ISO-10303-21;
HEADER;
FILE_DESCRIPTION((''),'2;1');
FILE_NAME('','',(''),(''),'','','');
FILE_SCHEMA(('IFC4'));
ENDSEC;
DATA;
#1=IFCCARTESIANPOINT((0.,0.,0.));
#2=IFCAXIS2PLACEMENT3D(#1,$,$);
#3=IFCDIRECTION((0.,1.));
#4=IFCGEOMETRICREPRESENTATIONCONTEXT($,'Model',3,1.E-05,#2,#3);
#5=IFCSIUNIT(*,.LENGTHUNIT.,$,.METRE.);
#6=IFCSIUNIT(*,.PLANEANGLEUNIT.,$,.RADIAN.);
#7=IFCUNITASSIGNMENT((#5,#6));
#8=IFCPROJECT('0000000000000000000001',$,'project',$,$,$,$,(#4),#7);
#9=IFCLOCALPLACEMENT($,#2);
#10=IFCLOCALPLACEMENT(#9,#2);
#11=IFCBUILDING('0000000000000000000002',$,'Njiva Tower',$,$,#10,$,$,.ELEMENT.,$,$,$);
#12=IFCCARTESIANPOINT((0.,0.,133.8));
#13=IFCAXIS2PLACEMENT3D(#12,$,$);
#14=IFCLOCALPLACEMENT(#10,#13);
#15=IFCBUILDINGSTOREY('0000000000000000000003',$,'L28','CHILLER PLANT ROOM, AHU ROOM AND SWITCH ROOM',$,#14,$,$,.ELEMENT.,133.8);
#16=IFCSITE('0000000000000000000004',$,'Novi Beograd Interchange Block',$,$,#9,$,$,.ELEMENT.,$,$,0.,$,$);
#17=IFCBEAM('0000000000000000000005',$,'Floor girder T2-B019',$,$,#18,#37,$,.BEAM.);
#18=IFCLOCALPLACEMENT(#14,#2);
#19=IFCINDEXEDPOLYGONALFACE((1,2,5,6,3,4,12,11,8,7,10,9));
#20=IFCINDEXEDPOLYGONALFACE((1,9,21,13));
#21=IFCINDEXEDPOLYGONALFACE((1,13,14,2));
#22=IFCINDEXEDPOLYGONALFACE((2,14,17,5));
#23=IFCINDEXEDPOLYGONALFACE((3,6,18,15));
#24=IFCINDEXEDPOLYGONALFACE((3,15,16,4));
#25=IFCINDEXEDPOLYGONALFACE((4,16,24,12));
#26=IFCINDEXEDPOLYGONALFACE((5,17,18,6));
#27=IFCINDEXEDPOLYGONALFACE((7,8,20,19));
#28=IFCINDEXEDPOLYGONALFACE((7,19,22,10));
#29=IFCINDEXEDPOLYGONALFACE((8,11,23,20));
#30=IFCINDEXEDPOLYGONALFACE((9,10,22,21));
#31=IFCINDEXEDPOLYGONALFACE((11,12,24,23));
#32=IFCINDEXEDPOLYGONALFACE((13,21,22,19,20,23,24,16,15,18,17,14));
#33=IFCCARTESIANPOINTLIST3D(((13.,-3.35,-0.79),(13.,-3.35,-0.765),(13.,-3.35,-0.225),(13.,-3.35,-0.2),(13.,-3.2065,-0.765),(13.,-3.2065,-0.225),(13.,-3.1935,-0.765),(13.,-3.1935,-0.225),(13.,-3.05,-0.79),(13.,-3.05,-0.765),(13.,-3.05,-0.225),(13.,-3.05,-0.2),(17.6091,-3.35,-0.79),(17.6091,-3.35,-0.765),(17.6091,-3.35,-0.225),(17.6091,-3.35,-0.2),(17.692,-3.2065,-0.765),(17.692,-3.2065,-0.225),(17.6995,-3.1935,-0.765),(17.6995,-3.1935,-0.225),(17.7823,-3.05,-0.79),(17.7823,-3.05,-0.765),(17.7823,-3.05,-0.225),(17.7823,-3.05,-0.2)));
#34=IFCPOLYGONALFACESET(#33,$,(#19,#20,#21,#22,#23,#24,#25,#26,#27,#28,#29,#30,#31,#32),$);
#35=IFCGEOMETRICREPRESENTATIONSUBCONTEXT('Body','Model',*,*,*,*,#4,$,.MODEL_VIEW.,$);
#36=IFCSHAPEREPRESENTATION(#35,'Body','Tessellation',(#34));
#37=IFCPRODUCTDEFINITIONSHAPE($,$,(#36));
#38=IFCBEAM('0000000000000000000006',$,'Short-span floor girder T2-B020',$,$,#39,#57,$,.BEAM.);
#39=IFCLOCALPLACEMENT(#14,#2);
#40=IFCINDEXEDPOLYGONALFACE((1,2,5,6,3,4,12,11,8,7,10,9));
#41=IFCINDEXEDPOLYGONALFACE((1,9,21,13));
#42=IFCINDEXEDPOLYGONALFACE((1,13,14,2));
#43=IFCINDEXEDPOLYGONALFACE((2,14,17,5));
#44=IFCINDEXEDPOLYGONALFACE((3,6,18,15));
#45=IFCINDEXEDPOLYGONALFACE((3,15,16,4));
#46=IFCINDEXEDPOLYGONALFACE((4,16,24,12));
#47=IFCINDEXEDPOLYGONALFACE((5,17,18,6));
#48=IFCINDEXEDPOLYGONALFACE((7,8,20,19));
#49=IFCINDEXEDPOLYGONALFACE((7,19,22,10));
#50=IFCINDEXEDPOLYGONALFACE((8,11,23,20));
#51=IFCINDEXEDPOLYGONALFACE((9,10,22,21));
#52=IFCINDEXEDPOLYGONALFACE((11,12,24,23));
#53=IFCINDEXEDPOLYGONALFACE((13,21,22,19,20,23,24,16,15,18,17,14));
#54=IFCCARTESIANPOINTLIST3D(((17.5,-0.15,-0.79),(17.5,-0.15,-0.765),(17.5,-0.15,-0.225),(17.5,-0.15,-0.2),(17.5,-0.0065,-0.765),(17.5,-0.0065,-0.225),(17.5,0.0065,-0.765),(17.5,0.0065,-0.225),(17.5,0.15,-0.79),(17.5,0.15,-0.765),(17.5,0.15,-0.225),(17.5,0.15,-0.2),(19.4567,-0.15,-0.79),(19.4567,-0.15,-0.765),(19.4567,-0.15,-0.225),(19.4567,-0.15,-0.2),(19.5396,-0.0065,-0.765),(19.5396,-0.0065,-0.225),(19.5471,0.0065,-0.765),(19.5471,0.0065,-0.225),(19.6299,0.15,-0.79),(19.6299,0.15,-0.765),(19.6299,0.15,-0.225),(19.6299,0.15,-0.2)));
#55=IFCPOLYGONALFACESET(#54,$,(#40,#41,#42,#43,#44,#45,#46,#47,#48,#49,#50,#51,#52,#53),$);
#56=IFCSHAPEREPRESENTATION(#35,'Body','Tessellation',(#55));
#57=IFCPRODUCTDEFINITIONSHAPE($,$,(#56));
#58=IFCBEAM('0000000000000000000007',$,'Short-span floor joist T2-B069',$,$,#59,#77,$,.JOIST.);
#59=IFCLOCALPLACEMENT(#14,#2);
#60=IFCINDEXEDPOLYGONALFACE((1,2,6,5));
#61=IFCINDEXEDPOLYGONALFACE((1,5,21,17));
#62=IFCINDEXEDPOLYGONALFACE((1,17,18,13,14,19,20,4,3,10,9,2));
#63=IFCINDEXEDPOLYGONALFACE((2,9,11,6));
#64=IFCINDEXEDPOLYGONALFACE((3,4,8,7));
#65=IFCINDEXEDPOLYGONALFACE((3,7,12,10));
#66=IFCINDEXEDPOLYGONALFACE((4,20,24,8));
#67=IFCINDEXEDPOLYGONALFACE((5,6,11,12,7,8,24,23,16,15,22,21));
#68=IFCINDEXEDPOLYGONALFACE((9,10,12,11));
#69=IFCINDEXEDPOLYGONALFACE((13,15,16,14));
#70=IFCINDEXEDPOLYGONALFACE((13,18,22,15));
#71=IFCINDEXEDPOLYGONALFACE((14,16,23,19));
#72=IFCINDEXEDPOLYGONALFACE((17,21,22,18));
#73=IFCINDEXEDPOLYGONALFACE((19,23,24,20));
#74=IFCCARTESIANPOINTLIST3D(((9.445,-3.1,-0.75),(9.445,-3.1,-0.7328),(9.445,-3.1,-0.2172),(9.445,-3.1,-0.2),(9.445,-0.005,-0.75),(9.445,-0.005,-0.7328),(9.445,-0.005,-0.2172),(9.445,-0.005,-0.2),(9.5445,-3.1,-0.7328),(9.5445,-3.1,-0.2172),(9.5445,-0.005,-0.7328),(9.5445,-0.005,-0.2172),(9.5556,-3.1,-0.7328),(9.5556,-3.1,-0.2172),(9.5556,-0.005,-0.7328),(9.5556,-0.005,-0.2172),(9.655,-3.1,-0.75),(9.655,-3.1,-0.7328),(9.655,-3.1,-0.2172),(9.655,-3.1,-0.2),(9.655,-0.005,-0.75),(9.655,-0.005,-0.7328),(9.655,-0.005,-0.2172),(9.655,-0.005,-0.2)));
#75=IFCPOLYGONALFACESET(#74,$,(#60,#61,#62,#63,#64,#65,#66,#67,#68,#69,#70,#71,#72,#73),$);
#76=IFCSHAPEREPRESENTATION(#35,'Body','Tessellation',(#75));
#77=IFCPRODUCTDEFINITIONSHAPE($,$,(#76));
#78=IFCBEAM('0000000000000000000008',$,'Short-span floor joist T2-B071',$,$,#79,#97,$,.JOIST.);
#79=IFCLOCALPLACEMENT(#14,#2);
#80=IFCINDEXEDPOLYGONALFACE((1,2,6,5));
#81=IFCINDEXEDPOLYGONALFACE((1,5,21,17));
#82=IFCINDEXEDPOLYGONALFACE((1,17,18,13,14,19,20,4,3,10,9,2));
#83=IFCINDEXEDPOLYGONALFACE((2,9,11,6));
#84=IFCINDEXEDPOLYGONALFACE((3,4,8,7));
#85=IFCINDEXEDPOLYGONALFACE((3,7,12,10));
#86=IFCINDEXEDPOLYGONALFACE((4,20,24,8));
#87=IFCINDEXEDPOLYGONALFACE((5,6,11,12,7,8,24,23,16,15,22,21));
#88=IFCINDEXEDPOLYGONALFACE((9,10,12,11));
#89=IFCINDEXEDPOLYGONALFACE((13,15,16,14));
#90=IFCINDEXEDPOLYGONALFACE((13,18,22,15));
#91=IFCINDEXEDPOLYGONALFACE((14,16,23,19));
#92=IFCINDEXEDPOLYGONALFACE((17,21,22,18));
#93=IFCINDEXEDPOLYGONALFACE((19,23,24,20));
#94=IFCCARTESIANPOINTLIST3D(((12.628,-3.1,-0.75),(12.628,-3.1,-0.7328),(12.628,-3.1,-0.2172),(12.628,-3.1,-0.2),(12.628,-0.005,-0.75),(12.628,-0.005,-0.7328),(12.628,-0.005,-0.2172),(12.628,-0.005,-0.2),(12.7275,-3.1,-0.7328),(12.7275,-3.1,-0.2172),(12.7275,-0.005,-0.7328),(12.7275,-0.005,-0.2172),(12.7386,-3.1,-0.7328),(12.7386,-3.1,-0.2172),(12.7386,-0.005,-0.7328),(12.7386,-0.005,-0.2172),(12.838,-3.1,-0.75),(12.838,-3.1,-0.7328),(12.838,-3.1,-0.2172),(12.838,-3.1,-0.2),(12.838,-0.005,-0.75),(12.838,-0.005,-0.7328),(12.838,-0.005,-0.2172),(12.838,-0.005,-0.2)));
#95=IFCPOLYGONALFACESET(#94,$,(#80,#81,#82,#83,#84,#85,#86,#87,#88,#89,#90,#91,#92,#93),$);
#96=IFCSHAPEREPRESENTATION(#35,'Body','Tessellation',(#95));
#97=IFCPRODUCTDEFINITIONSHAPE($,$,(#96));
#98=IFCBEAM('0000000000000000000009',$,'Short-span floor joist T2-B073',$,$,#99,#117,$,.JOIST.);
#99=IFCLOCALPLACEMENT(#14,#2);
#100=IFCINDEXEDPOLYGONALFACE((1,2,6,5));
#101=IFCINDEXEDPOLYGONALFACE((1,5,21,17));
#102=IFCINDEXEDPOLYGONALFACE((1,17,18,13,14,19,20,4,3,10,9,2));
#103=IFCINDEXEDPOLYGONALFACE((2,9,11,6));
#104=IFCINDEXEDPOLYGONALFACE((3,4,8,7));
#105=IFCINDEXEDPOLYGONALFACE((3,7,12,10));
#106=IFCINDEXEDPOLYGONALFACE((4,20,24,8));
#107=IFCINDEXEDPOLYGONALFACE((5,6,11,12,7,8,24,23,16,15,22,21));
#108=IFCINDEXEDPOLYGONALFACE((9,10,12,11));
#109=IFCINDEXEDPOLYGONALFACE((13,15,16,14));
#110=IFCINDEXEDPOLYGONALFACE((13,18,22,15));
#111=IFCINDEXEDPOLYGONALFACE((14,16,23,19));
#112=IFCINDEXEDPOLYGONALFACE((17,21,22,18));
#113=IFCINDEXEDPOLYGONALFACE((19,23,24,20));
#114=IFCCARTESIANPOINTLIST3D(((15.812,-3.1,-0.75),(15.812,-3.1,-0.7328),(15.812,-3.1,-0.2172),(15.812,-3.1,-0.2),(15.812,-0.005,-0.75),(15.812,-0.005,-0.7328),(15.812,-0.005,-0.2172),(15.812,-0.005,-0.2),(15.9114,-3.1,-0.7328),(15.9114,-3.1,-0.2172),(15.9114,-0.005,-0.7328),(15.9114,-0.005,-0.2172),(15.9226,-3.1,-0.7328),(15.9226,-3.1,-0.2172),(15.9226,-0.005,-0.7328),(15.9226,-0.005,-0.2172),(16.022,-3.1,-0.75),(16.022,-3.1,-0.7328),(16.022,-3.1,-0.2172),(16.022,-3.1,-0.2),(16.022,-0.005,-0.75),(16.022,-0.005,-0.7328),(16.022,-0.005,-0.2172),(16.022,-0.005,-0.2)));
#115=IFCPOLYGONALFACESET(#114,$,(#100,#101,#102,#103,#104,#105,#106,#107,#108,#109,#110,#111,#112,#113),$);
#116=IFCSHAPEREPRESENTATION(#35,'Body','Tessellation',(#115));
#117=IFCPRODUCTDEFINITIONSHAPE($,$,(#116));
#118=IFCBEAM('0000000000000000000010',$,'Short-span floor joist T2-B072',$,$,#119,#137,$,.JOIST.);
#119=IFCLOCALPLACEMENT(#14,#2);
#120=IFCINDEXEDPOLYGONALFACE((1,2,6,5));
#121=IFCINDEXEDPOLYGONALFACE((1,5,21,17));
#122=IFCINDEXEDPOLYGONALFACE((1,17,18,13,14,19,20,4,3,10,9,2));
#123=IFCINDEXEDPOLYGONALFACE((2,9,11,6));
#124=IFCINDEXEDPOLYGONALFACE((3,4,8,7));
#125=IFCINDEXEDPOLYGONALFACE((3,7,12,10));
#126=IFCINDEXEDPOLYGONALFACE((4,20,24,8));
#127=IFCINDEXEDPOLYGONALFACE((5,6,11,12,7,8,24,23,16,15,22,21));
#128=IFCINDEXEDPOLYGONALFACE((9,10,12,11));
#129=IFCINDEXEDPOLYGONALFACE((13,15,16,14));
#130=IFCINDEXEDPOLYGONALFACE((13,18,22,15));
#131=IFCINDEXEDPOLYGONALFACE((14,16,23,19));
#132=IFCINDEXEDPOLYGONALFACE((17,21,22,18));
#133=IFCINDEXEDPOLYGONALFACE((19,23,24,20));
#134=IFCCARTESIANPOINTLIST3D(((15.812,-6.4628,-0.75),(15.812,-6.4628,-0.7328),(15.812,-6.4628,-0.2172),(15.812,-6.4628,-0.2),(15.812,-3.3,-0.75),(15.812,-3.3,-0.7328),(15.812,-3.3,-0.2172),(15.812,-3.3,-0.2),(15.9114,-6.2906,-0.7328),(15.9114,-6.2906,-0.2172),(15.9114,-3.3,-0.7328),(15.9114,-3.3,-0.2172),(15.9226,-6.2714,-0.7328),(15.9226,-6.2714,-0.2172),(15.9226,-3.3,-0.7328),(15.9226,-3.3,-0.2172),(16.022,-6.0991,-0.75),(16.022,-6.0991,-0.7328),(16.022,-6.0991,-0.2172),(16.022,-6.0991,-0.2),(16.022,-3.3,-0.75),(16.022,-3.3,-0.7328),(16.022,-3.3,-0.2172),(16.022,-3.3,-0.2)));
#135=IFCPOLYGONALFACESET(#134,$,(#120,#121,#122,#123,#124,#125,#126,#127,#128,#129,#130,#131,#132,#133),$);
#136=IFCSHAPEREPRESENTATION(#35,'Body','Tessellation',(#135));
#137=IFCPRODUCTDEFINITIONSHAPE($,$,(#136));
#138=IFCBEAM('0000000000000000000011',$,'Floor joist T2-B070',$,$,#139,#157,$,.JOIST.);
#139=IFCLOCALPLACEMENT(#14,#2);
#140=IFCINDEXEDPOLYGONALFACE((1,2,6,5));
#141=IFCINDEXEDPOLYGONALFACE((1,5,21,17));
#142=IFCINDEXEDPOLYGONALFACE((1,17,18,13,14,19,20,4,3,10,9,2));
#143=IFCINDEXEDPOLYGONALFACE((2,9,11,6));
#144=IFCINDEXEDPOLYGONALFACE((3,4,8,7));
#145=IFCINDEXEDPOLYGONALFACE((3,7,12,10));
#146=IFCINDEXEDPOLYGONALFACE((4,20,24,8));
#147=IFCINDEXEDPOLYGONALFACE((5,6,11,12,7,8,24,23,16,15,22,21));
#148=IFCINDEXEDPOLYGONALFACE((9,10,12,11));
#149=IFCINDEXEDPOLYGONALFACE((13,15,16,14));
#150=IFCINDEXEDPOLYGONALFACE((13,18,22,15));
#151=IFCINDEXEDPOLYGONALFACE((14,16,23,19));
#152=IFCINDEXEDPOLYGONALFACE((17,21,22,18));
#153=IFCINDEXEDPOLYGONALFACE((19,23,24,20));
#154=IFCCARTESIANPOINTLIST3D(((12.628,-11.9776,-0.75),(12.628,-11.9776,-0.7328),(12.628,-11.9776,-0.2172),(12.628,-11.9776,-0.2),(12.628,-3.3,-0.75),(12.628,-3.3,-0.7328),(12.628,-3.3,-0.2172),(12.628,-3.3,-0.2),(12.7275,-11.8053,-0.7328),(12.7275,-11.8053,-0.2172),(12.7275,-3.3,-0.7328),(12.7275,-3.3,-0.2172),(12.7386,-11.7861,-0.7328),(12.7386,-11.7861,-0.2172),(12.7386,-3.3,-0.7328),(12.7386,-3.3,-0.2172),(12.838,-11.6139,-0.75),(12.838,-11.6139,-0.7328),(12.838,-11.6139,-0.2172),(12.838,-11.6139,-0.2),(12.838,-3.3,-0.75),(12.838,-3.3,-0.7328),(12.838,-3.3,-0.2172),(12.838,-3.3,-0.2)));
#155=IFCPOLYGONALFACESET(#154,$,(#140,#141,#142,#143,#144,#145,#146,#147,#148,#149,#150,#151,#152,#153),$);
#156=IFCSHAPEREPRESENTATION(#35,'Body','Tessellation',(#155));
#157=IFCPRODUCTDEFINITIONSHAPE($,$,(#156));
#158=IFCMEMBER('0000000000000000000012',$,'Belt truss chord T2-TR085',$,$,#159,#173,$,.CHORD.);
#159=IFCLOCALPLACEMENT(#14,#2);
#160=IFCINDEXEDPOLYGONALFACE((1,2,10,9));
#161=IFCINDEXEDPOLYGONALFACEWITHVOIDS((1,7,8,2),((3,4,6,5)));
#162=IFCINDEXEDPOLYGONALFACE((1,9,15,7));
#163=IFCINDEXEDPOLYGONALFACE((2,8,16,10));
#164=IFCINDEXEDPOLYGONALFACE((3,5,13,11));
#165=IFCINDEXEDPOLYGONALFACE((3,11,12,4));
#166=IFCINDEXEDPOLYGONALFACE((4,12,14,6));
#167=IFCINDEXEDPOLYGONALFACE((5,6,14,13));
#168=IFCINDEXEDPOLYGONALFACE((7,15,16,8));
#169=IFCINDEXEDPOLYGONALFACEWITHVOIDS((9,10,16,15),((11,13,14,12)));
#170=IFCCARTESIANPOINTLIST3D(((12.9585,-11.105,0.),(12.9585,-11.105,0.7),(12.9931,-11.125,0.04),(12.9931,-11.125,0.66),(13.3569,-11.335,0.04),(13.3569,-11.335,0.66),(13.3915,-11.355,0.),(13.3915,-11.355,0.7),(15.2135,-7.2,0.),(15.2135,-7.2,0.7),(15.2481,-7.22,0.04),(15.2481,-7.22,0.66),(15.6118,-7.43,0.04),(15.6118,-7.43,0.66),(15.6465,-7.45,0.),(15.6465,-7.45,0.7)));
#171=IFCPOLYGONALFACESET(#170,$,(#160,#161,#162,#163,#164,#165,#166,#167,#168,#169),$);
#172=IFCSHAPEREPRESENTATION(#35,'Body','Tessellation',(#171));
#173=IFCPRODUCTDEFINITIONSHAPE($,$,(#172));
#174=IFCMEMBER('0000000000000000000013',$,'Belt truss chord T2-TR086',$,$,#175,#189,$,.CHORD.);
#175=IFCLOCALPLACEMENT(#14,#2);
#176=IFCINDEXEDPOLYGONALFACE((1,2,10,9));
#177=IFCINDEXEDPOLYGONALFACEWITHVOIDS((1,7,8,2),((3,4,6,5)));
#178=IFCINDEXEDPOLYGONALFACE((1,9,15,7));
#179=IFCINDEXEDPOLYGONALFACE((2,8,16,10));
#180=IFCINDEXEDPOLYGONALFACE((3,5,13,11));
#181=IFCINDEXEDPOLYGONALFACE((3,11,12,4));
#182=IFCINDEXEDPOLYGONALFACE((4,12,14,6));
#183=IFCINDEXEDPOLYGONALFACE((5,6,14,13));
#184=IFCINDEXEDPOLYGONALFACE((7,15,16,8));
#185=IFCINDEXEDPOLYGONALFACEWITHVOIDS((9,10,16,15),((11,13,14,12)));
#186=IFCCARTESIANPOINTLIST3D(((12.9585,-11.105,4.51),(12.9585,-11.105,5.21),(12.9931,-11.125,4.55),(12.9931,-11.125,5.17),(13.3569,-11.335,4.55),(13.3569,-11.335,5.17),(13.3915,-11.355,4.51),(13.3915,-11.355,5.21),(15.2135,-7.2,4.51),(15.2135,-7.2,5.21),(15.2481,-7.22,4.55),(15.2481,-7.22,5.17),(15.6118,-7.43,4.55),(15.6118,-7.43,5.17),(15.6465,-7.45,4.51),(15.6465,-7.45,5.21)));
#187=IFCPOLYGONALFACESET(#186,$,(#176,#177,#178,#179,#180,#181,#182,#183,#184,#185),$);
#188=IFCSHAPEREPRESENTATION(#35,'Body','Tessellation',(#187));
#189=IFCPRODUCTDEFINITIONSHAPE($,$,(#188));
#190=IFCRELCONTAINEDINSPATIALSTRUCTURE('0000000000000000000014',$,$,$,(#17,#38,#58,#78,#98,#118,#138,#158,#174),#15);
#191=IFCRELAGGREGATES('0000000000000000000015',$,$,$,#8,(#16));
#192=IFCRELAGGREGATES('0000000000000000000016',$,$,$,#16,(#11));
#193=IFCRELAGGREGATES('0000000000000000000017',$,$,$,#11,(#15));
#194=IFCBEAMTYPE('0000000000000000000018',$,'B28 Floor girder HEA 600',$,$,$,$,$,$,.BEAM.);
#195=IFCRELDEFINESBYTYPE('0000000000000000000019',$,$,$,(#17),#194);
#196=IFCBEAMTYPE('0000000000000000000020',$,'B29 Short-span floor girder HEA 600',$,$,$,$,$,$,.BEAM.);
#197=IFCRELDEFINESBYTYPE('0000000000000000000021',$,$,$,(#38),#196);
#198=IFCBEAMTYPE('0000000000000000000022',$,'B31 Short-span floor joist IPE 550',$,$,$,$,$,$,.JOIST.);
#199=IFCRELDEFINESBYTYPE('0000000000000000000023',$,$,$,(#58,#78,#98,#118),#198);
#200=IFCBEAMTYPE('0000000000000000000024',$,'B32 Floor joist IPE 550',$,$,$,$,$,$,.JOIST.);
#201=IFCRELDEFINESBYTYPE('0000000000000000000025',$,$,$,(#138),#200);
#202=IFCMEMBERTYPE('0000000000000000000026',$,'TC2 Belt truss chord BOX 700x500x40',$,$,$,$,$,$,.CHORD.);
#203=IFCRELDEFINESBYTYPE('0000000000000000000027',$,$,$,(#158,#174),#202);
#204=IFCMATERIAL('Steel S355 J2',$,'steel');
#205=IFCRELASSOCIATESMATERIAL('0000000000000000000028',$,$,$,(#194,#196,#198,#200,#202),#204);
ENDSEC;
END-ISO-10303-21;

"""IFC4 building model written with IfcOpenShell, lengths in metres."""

from ifc_helpers import new_model, si_unit, direction, frame, origin, origin_2d, place, context, subcontext, project, spatial, hollow_rectangle, i_section, extrude, clip, halfspace, material, material_profile, profile_set, type_object, element, save


model = new_model("IFC4")

# Units and contexts
model_context = context("Model", 3, precision=1e-05, world=origin(), true_north=direction((0.0, 1.0)))
body_context = subcontext(model_context, "Body", "Model", "MODEL_VIEW")
ifc_project = project(units=[si_unit("LENGTHUNIT", "METRE"), si_unit("PLANEANGLEUNIT", "RADIAN")], contexts=[model_context])

# Site, building, storey
site_placement = place(None, origin())
site = spatial("IfcSite", under=ifc_project, at=site_placement, Name="Novi Beograd Interchange Block", CompositionType="ELEMENT", RefElevation=0.0)
building_placement = place(site_placement, origin())
building = spatial("IfcBuilding", under=site, at=building_placement, Name="Njiva Tower", CompositionType="ELEMENT")
storey_placement = place(building_placement, frame((0.0, 0.0, 133.8)))
storey = spatial("IfcBuildingStorey", under=building, at=storey_placement, Name="L28", Description="CHILLER PLANT ROOM, AHU ROOM AND SWITCH ROOM", CompositionType="ELEMENT", Elevation=133.8)

# Shared definitions
ifc_material_1 = material(Name="Steel S355 J2", Category="steel")

# Beams
ifc_material_profile_1 = material_profile(ifc_material_1, i_section(OverallWidth=0.3, OverallDepth=0.59, WebThickness=0.013, FlangeThickness=0.025, at=origin_2d()), Name="HEA 600")
ifc_profile_set_1 = profile_set([ifc_material_profile_1], Name="Steel S355 J2")
beam_type_1 = type_object("IfcBeamType", Name="B28 Floor girder HEA 600", PredefinedType="BEAM", material=ifc_profile_set_1)
beam_1_placement = place(storey_placement, frame((13.0, -3.2, -0.495), z_axis=(1.0, 0.0, 0.0), x_axis=(0.0, 1.0, 0.0)))
element("IfcBeam", 1, at=beam_1_placement, inside=storey, type_object=beam_type_1, Name="Floor girder T2-B019", PredefinedType="BEAM", context=body_context, shape_type="Clipping", body=[
    clip(extrude(i_section(OverallWidth=0.3, OverallDepth=0.59, WebThickness=0.013, FlangeThickness=0.025, at=origin_2d()), origin(), (0.0, 0.0, 1.0), 4.803), halfspace(frame((-0.025, 0.0, 4.6813), z_axis=(-0.499998, 0.0, 0.866027), x_axis=(0.0, 1.0, 0.0)), False)),
])
ifc_material_profile_2 = material_profile(ifc_material_1, i_section(OverallWidth=0.3, OverallDepth=0.59, WebThickness=0.013, FlangeThickness=0.025, at=origin_2d()), Name="HEA 600")
ifc_profile_set_2 = profile_set([ifc_material_profile_2], Name="Steel S355 J2")
beam_type_2 = type_object("IfcBeamType", Name="B29 Short-span floor girder HEA 600", PredefinedType="BEAM", material=ifc_profile_set_2)
beam_2_placement = place(storey_placement, frame((17.5, 0.0, -0.495), z_axis=(1.0, 0.0, 0.0), x_axis=(0.0, 1.0, 0.0)))
element("IfcBeam", 2, at=beam_2_placement, inside=storey, type_object=beam_type_2, Name="Short-span floor girder T2-B020", PredefinedType="BEAM", context=body_context, shape_type="Clipping", body=[
    clip(extrude(i_section(OverallWidth=0.3, OverallDepth=0.59, WebThickness=0.013, FlangeThickness=0.025, at=origin_2d()), origin(), (0.0, 0.0, 1.0), 2.15), halfspace(frame((-0.025, 0.0, 2.0289), z_axis=(-0.499998, 0.0, 0.866027), x_axis=(0.0, 1.0, 0.0)), False)),
])
ifc_material_profile_3 = material_profile(ifc_material_1, i_section(OverallWidth=0.21, OverallDepth=0.55, WebThickness=0.0111, FlangeThickness=0.0172, at=origin_2d()), Name="IPE 550")
ifc_profile_set_3 = profile_set([ifc_material_profile_3], Name="Steel S355 J2")
beam_type_3 = type_object("IfcBeamType", Name="B31 Short-span floor joist IPE 550", PredefinedType="JOIST", material=ifc_profile_set_3)
for number, where, z_axis, x_axis, name in (
    (3, (9.55, -0.005, -0.475), (0.0, -1.0, 0.0), (1.0, 0.0, 0.0), "Short-span floor joist T2-B069"),
    (4, (12.733, -0.005, -0.475), (0.0, -1.0, 0.0), (1.0, 0.0, 0.0), "Short-span floor joist T2-B071"),
    (5, (15.917, -0.005, -0.475), (0.0, -1.0, 0.0), (1.0, 0.0, 0.0), "Short-span floor joist T2-B073"),
):
    element("IfcBeam", number, at=place(storey_placement, frame(where, z_axis=z_axis, x_axis=x_axis)), inside=storey, type_object=beam_type_3, Name=name, PredefinedType="JOIST", context=body_context, shape_type="SweptSolid", body=[
        extrude(i_section(OverallWidth=0.21, OverallDepth=0.55, WebThickness=0.0111, FlangeThickness=0.0172, at=origin_2d()), origin(), (0.0, 0.0, 1.0), 3.095),
    ])
beam_3_placement = place(storey_placement, frame((15.917, -3.3, -0.475), z_axis=(0.0, -1.0, 0.0), x_axis=(1.0, 0.0, 0.0)))
element("IfcBeam", 6, at=beam_3_placement, inside=storey, type_object=beam_type_3, Name="Short-span floor joist T2-B072", PredefinedType="JOIST", context=body_context, shape_type="Clipping", body=[
    clip(extrude(i_section(OverallWidth=0.21, OverallDepth=0.55, WebThickness=0.0111, FlangeThickness=0.0172, at=origin_2d()), origin(), (0.0, 0.0, 1.0), 3.184), halfspace(frame((0.043, 0.0, 2.9065), z_axis=(0.866027, 0.0, 0.499998), x_axis=(0.0, 1.0, 0.0)), False)),
])
ifc_material_profile_4 = material_profile(ifc_material_1, i_section(OverallWidth=0.21, OverallDepth=0.55, WebThickness=0.0111, FlangeThickness=0.0172, at=origin_2d()), Name="IPE 550")
ifc_profile_set_4 = profile_set([ifc_material_profile_4], Name="Steel S355 J2")
beam_type_4 = type_object("IfcBeamType", Name="B32 Floor joist IPE 550", PredefinedType="JOIST", material=ifc_profile_set_4)
beam_4_placement = place(storey_placement, frame((12.733, -3.3, -0.475), z_axis=(0.0, -1.0, 0.0), x_axis=(1.0, 0.0, 0.0)))
element("IfcBeam", 7, at=beam_4_placement, inside=storey, type_object=beam_type_4, Name="Floor joist T2-B070", PredefinedType="JOIST", context=body_context, shape_type="Clipping", body=[
    clip(extrude(i_section(OverallWidth=0.21, OverallDepth=0.55, WebThickness=0.0111, FlangeThickness=0.0172, at=origin_2d()), origin(), (0.0, 0.0, 1.0), 8.697), halfspace(frame((0.0436, 0.0, 8.4202), z_axis=(0.866027, 0.0, 0.499998), x_axis=(0.0, 1.0, 0.0)), False)),
])

# Members
ifc_material_profile_5 = material_profile(ifc_material_1, hollow_rectangle(XDim=0.5, YDim=0.7, WallThickness=0.04, at=origin_2d()), Name="BOX 700x500x40")
ifc_profile_set_5 = profile_set([ifc_material_profile_5], Name="Steel S355 J2")
member_type_1 = type_object("IfcMemberType", Name="TC2 Belt truss chord BOX 700x500x40", PredefinedType="CHORD", material=ifc_profile_set_5)
for number, where, z_axis, x_axis, name in (
    (8, (13.175, -11.23, 0.35), (0.500074, 0.865982, 0.0), (-0.865982, 0.500074, 0.0), "Belt truss chord T2-TR085"),
    (9, (13.175, -11.23, 4.86), (0.500074, 0.865982, 0.0), (-0.865982, 0.500074, 0.0), "Belt truss chord T2-TR086"),
):
    element("IfcMember", number, at=place(storey_placement, frame(where, z_axis=z_axis, x_axis=x_axis)), inside=storey, type_object=member_type_1, Name=name, PredefinedType="CHORD", context=body_context, shape_type="SweptSolid", body=[
        extrude(hollow_rectangle(XDim=0.5, YDim=0.7, WallThickness=0.04, at=origin_2d()), origin(), (0.0, 0.0, 1.0), 4.5093),
    ])

save(model, "model.ifc")
